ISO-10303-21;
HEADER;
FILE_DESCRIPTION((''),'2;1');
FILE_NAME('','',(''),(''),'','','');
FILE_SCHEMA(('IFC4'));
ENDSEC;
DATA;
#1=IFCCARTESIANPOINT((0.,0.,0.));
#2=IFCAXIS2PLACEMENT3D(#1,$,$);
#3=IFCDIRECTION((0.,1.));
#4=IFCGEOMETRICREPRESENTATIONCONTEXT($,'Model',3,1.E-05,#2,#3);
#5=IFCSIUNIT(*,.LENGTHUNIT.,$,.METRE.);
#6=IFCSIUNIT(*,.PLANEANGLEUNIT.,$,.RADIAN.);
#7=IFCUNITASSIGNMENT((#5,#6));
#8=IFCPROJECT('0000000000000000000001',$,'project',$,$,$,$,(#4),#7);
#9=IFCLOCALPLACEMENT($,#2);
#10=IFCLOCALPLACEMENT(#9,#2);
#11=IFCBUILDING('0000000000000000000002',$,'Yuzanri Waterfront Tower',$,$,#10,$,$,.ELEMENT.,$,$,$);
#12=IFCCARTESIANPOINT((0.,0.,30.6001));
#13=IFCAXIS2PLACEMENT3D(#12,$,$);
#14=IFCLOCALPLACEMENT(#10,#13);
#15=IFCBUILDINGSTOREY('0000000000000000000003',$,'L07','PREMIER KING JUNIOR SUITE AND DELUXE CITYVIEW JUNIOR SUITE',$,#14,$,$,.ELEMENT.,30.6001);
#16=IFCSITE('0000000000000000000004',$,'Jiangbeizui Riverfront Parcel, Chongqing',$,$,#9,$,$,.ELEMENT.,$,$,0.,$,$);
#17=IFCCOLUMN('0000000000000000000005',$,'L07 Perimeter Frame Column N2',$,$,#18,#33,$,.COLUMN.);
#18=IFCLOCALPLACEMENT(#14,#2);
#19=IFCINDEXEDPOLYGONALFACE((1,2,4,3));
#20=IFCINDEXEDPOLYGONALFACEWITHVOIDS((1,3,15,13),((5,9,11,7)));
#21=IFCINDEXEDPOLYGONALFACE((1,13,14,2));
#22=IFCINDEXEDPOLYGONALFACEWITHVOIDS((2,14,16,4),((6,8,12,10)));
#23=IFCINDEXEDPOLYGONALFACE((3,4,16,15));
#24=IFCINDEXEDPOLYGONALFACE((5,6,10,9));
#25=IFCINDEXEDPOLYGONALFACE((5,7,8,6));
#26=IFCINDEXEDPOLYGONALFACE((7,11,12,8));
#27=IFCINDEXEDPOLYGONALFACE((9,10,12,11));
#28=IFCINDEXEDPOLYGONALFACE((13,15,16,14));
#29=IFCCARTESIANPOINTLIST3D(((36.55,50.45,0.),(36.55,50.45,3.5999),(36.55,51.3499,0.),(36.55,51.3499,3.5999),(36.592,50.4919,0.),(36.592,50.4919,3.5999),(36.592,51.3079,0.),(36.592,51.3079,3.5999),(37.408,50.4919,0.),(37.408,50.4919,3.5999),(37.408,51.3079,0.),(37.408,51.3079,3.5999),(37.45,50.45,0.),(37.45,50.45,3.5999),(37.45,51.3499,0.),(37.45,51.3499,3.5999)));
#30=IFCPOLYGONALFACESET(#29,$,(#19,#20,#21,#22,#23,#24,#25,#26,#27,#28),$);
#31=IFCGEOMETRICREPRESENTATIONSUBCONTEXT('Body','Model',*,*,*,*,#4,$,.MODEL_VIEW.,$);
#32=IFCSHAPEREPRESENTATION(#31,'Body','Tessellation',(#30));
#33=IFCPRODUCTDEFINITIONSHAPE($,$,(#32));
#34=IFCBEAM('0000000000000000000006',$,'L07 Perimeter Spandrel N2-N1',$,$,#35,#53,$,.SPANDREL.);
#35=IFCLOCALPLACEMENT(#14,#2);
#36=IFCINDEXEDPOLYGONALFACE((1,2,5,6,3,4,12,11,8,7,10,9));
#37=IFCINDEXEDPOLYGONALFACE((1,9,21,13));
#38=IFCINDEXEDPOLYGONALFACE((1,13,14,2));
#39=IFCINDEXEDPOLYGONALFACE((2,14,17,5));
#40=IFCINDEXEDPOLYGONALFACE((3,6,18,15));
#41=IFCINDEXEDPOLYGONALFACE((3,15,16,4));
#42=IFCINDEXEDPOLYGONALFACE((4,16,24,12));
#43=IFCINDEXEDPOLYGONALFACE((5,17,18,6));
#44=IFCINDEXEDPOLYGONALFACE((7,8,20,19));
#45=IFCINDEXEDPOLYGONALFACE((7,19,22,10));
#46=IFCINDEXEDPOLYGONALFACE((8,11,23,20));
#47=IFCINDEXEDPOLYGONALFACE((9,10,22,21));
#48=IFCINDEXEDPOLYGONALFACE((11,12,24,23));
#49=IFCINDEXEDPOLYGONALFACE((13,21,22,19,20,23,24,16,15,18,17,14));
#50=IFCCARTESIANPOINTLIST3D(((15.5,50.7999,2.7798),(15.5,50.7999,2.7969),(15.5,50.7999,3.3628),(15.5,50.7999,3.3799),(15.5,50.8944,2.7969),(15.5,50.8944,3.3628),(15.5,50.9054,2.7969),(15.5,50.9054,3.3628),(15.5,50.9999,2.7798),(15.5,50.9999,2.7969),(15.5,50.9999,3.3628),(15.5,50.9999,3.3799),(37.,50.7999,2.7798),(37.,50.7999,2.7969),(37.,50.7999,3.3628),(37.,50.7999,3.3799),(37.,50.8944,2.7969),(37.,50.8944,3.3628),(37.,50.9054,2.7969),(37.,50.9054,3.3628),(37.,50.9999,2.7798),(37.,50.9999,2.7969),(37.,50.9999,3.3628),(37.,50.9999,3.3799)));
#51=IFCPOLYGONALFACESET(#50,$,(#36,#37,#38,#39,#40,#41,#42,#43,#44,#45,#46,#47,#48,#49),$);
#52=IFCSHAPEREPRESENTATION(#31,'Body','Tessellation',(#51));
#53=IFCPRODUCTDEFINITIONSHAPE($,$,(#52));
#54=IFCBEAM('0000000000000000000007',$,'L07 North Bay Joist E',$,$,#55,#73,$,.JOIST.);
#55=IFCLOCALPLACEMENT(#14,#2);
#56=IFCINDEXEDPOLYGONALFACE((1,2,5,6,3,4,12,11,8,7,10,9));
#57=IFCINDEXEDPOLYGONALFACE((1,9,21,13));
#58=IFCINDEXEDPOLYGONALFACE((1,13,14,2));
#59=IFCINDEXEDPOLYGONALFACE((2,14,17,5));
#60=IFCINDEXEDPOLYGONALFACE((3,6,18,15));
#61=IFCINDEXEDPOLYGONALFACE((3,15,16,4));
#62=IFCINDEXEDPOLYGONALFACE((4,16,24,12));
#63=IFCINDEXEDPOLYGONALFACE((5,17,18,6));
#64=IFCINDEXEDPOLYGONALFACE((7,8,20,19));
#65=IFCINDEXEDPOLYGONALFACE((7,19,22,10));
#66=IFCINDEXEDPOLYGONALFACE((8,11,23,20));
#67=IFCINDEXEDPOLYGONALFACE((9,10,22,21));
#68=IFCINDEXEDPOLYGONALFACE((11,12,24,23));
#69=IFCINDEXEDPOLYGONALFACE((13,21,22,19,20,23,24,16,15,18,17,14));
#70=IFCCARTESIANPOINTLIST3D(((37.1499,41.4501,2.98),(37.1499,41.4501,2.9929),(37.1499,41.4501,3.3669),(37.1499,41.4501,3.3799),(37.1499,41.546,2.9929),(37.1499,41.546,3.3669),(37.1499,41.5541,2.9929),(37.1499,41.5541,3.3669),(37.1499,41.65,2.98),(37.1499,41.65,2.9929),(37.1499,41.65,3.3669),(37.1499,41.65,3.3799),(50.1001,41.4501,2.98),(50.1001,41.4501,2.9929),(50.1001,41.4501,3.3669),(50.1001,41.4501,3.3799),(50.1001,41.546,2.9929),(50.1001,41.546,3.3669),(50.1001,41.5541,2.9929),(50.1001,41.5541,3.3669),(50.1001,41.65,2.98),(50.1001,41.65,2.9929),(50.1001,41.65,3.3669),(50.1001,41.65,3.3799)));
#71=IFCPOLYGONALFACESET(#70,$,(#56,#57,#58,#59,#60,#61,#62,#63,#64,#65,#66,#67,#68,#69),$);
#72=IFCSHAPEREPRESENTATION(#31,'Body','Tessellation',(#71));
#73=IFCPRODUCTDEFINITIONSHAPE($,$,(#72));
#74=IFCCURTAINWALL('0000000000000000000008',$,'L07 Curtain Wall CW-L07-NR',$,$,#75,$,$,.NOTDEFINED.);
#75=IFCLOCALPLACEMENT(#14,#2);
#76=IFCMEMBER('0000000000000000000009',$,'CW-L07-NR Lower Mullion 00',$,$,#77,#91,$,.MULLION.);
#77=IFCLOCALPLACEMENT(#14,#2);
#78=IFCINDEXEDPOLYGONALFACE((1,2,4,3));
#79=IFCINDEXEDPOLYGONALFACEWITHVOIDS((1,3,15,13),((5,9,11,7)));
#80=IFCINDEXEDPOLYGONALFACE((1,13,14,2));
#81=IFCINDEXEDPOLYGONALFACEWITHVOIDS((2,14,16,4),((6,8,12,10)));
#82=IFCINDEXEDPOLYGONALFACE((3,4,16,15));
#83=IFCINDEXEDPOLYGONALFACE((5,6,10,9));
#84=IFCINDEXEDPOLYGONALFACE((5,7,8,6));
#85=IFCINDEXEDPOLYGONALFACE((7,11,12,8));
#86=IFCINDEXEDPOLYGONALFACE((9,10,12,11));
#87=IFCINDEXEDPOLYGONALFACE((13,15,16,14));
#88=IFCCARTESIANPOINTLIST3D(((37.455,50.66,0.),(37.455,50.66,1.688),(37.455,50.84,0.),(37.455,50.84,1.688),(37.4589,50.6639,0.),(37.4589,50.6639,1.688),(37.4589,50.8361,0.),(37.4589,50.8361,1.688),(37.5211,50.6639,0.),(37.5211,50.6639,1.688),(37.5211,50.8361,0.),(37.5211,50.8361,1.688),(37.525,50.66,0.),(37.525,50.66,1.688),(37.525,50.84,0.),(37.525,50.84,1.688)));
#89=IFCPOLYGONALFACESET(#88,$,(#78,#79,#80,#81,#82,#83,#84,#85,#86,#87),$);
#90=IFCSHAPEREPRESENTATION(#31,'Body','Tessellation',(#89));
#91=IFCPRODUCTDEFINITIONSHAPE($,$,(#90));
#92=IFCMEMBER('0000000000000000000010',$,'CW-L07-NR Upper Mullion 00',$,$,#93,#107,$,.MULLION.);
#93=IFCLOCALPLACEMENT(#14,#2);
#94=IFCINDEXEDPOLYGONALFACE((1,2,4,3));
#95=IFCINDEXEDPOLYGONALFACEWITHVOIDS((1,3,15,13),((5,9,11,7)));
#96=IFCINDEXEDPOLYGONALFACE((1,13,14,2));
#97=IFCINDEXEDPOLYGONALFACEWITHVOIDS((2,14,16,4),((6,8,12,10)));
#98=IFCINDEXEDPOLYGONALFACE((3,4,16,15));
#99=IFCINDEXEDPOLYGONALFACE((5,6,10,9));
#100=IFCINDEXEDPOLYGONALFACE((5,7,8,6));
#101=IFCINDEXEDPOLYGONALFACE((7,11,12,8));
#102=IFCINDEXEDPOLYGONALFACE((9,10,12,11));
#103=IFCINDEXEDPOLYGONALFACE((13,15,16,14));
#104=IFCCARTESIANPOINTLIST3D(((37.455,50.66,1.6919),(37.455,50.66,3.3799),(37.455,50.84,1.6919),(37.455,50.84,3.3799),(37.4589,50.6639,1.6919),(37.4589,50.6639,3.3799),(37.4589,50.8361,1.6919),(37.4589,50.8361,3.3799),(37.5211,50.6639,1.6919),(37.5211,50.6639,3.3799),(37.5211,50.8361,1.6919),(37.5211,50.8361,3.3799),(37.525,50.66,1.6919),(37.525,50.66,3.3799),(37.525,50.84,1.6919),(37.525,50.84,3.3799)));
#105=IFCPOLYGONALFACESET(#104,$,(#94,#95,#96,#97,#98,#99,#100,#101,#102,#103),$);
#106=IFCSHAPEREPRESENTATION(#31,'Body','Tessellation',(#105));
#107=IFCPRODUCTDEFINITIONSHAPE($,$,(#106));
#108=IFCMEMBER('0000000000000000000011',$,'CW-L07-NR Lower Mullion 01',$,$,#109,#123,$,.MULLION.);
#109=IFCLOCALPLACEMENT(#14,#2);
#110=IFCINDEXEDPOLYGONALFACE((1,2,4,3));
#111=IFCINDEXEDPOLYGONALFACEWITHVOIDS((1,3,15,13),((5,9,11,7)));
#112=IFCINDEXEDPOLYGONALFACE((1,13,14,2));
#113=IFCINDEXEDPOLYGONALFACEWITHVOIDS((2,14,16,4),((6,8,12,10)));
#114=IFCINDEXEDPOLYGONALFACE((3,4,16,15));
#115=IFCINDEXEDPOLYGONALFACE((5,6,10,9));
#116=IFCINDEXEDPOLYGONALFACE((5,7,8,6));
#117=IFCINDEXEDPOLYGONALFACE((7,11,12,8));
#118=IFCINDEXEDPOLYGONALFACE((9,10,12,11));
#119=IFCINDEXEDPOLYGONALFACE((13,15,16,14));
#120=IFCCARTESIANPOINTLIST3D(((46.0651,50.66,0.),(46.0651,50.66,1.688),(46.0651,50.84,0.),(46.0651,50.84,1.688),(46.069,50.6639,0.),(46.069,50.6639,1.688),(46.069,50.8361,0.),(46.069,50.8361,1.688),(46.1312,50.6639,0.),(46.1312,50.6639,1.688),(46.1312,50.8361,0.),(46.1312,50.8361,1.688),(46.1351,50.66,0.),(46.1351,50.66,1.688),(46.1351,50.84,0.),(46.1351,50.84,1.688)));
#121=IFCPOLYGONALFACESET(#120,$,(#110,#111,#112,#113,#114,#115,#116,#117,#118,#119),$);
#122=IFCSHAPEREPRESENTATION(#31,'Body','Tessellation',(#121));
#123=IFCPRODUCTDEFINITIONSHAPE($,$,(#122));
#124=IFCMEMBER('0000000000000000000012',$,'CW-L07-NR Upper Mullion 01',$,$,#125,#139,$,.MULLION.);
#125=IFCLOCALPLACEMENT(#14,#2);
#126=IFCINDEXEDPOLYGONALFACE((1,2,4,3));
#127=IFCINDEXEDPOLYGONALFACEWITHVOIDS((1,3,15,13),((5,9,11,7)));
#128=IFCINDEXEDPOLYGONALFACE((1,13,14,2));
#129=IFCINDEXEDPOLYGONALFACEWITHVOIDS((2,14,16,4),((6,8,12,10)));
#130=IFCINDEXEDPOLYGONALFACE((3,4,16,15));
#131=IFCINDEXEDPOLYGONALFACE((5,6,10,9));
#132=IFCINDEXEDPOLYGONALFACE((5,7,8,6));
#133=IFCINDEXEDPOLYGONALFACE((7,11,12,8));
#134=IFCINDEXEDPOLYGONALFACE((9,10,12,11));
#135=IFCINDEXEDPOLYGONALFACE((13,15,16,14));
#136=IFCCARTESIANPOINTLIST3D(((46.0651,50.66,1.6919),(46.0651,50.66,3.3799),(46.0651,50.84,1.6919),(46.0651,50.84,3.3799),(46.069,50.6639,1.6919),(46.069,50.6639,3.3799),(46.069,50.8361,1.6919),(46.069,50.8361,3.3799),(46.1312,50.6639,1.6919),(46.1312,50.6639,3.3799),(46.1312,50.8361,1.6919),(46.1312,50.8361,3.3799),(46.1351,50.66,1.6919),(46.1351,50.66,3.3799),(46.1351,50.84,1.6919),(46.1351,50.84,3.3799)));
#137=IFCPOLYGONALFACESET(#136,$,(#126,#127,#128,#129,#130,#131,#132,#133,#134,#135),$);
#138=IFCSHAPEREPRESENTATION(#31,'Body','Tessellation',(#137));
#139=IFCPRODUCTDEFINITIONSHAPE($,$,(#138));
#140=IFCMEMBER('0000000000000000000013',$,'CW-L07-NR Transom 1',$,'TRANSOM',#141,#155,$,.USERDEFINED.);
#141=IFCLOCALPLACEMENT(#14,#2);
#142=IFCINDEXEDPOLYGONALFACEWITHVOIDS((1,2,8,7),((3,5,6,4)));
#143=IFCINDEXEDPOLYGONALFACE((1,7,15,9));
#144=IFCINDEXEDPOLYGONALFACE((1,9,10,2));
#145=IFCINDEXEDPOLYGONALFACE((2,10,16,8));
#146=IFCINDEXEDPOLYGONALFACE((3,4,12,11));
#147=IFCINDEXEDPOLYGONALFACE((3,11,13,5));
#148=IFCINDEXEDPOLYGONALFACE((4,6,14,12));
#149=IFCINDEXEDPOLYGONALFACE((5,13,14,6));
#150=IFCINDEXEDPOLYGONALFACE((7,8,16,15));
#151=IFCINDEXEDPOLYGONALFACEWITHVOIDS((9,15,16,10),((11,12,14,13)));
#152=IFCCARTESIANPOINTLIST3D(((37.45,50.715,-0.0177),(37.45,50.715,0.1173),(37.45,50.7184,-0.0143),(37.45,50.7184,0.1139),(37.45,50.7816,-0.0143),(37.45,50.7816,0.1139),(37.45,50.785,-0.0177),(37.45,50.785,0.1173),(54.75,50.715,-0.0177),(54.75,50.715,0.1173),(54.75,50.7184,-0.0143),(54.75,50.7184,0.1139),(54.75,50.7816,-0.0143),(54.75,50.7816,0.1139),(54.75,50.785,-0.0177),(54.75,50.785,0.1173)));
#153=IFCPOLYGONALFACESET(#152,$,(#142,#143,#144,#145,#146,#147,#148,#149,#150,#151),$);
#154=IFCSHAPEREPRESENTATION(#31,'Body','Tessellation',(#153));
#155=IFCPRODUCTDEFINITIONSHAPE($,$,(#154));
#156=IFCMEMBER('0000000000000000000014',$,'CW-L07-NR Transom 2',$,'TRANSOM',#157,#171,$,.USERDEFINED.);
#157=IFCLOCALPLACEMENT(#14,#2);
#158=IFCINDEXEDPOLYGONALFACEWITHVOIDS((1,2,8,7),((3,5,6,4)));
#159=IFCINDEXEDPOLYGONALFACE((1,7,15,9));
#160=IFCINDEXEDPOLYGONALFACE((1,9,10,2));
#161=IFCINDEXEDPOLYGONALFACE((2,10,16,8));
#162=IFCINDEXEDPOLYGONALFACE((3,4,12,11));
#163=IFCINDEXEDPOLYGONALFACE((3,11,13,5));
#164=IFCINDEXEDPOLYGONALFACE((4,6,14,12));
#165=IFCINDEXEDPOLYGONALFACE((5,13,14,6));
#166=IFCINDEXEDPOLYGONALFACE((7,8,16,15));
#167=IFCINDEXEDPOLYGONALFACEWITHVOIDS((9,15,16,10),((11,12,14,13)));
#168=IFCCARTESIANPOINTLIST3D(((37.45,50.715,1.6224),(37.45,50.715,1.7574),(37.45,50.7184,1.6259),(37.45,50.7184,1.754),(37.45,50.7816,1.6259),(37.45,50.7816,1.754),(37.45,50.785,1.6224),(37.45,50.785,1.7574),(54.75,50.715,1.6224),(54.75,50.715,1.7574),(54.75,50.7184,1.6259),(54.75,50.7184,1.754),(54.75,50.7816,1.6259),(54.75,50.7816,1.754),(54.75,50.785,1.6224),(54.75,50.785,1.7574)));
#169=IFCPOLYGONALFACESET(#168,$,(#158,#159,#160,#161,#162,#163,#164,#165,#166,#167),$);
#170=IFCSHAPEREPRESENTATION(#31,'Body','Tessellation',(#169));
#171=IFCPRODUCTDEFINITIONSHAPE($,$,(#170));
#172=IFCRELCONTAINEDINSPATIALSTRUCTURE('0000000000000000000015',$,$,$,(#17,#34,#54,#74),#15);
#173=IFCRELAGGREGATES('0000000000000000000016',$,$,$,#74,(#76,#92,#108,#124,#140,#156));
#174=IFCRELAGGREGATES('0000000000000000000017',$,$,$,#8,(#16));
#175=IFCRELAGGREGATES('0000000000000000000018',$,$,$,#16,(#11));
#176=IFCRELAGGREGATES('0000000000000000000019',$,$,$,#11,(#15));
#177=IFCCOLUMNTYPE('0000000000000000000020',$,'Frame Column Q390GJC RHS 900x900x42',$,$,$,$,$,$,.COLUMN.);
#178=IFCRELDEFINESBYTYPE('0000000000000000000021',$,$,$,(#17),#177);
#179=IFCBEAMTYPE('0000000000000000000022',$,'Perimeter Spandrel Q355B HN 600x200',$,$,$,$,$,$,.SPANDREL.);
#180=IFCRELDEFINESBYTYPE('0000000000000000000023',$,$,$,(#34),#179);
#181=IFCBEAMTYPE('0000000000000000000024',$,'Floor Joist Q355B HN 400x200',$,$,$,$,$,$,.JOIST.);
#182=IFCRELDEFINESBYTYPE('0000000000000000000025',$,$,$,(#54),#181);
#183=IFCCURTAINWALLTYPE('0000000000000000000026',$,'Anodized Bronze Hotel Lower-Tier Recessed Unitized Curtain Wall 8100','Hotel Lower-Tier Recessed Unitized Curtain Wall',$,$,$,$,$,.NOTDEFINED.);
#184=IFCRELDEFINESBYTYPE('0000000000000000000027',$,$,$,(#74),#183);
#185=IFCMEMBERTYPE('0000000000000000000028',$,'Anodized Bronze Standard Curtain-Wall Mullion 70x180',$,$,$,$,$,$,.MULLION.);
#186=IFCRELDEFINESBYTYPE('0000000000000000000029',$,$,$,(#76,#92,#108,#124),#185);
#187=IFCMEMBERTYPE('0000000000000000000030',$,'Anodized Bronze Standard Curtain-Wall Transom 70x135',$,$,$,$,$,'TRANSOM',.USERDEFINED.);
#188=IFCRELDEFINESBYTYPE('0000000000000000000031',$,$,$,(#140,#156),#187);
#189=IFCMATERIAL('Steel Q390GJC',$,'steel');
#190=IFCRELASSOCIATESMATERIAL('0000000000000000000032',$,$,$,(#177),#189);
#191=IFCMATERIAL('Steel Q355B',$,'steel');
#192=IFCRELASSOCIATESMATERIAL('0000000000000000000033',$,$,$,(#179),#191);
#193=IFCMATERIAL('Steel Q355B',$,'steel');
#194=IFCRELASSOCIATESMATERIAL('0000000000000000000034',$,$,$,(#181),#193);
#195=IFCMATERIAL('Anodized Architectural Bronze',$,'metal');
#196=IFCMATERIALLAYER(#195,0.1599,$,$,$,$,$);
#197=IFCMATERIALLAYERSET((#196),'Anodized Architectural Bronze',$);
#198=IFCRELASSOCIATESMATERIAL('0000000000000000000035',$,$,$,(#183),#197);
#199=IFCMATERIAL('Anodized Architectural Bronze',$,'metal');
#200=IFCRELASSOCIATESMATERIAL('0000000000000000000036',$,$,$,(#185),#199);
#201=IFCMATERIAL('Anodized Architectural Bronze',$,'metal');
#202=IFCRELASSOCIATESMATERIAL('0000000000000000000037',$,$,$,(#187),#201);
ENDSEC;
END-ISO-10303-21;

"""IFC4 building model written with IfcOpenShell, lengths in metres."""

from ifc_helpers import new_model, si_unit, direction, frame, origin, origin_2d, place, context, subcontext, project, spatial, hollow_rectangle, i_section, extrude, source, transform, mapped, material, layer, layer_set, material_profile, profile_set, type_object, element, aggregate, save


model = new_model("IFC4")

# Units and contexts
model_context = context("Model", 3, precision=1e-05, world=origin(), true_north=direction((0.0, 1.0)))
body_context = subcontext(model_context, "Body", "Model", "MODEL_VIEW")
ifc_project = project(units=[si_unit("LENGTHUNIT", "METRE"), si_unit("PLANEANGLEUNIT", "RADIAN")], contexts=[model_context])

# Site, building, storey
site_placement = place(None, origin())
site = spatial("IfcSite", under=ifc_project, at=site_placement, Name="Jiangbeizui Riverfront Parcel, Chongqing", CompositionType="ELEMENT", RefElevation=0.0)
building_placement = place(site_placement, origin())
building = spatial("IfcBuilding", under=site, at=building_placement, Name="Yuzanri Waterfront Tower", CompositionType="ELEMENT")
storey_placement = place(building_placement, frame((0.0, 0.0, 30.6001)))
storey = spatial("IfcBuildingStorey", under=building, at=storey_placement, Name="L07", Description="PREMIER KING JUNIOR SUITE AND DELUXE CITYVIEW JUNIOR SUITE", CompositionType="ELEMENT", Elevation=30.6001)

# Column
ifc_material_1 = material(Name="Steel Q390GJC", Category="steel")
ifc_material_profile_1 = material_profile(ifc_material_1, hollow_rectangle(XDim=0.8999, YDim=0.8999, WallThickness=0.042, at=origin_2d()), Name="RHS 900x900x42")
ifc_profile_set_1 = profile_set([ifc_material_profile_1], Name="Steel Q390GJC")
column_type = type_object("IfcColumnType", Name="Frame Column Q390GJC RHS 900x900x42", PredefinedType="COLUMN", material=ifc_profile_set_1)
shared_shape_1 = source(origin(), body_context, "Body", "SweptSolid", [
    extrude(hollow_rectangle(XDim=0.8999, YDim=0.8999, WallThickness=0.042, at=origin_2d()), origin(), (0.0, 0.0, 1.0), 3.5999),
])
column_placement = place(storey_placement, frame((37.0, 50.8999, 0.0), z_axis=(0.0, 0.0, 1.0), x_axis=(1.0, 0.0, 0.0)))
element("IfcColumn", 1, at=column_placement, inside=storey, type_object=column_type, Name="L07 Perimeter Frame Column N2", PredefinedType="COLUMN", context=body_context, shape_type="MappedRepresentation", body=[
    mapped(shared_shape_1, transform((0.0, 0.0, 0.0), scale=1.0)),
])

# Beams
ifc_material_2 = material(Name="Steel Q355B", Category="steel")
ifc_material_profile_2 = material_profile(ifc_material_2, i_section(OverallWidth=0.2, OverallDepth=0.6001, WebThickness=0.011, FlangeThickness=0.0171, at=origin_2d()), Name="HN 600x200x11x17")
ifc_profile_set_2 = profile_set([ifc_material_profile_2], Name="Steel Q355B")
beam_type_1 = type_object("IfcBeamType", Name="Perimeter Spandrel Q355B HN 600x200", PredefinedType="SPANDREL", material=ifc_profile_set_2)
shared_shape_2 = source(origin(), body_context, "Body", "SweptSolid", [
    extrude(i_section(OverallWidth=0.2, OverallDepth=0.6001, WebThickness=0.011, FlangeThickness=0.0171, at=origin_2d()), origin(), (0.0, 0.0, 1.0), 21.5),
])
beam_1_placement = place(storey_placement, frame((37.0, 50.8999, 3.0798), z_axis=(-1.0, 0.0, 0.0), x_axis=(0.0, -1.0, 0.0)))
element("IfcBeam", 2, at=beam_1_placement, inside=storey, type_object=beam_type_1, Name="L07 Perimeter Spandrel N2-N1", PredefinedType="SPANDREL", context=body_context, shape_type="MappedRepresentation", body=[
    mapped(shared_shape_2, transform((0.0, 0.0, 0.0), scale=1.0)),
])
ifc_material_3 = material(Name="Steel Q355B", Category="steel")
ifc_material_profile_3 = material_profile(ifc_material_3, i_section(OverallWidth=0.2, OverallDepth=0.3999, WebThickness=0.0081, FlangeThickness=0.0129, at=origin_2d()), Name="HN 400x200x8x13")
ifc_profile_set_3 = profile_set([ifc_material_profile_3], Name="Steel Q355B")
beam_type_2 = type_object("IfcBeamType", Name="Floor Joist Q355B HN 400x200", PredefinedType="JOIST", material=ifc_profile_set_3)
shared_shape_3 = source(origin(), body_context, "Body", "SweptSolid", [
    extrude(i_section(OverallWidth=0.2, OverallDepth=0.3999, WebThickness=0.0081, FlangeThickness=0.0129, at=origin_2d()), origin(), (0.0, 0.0, 1.0), 12.9502),
])
beam_2_placement = place(storey_placement, frame((37.1499, 41.55, 3.1799), z_axis=(1.0, 0.0, 0.0), x_axis=(0.0, 1.0, 0.0)))
element("IfcBeam", 3, at=beam_2_placement, inside=storey, type_object=beam_type_2, Name="L07 North Bay Joist E", PredefinedType="JOIST", context=body_context, shape_type="MappedRepresentation", body=[
    mapped(shared_shape_3, transform((0.0, 0.0, 0.0), scale=1.0)),
])

# Curtain wall, members
ifc_material_4 = material(Name="Anodized Architectural Bronze", Category="metal")
ifc_layer_1 = layer(ifc_material_4, 0.1599)
ifc_layer_set_1 = layer_set([ifc_layer_1], Name="Anodized Architectural Bronze")
curtain_wall_type = type_object("IfcCurtainWallType", Name="Anodized Bronze Hotel Lower-Tier Recessed Unitized Curtain Wall 8100", Description="Hotel Lower-Tier Recessed Unitized Curtain Wall", PredefinedType="NOTDEFINED", material=ifc_layer_set_1)
curtain_wall_placement = place(storey_placement, origin())
curtain_wall = element("IfcCurtainWall", 4, at=curtain_wall_placement, inside=storey, type_object=curtain_wall_type, Name="L07 Curtain Wall CW-L07-NR", PredefinedType="NOTDEFINED")
ifc_material_5 = material(Name="Anodized Architectural Bronze", Category="metal")
ifc_material_profile_4 = material_profile(ifc_material_5, hollow_rectangle(XDim=0.0701, YDim=0.1799, WallThickness=0.0039, at=origin_2d()), Name="CWM 70x180")
ifc_profile_set_4 = profile_set([ifc_material_profile_4], Name="Anodized Architectural Bronze")
member_type_1 = type_object("IfcMemberType", Name="Anodized Bronze Standard Curtain-Wall Mullion 70x180", PredefinedType="MULLION", material=ifc_profile_set_4)
shared_shape_4 = source(origin(), body_context, "Body", "SweptSolid", [
    extrude(hollow_rectangle(XDim=0.0701, YDim=0.1799, WallThickness=0.0039, at=origin_2d()), origin(), (0.0, 0.0, 1.0), 1.688),
])
member_1_placement = place(storey_placement, frame((37.49, 50.75, 0.0), z_axis=(0.0, 0.0, 1.0), x_axis=(1.0, 0.0, 0.0)))
member_1 = element("IfcMember", 5, at=member_1_placement, type_object=member_type_1, Name="CW-L07-NR Lower Mullion 00", PredefinedType="MULLION", context=body_context, shape_type="MappedRepresentation", body=[
    mapped(shared_shape_4, transform((0.0, 0.0, 0.0), scale=1.0)),
])
member_2_placement = place(storey_placement, frame((37.49, 50.75, 1.6919), z_axis=(0.0, 0.0, 1.0), x_axis=(1.0, 0.0, 0.0)))
member_2 = element("IfcMember", 6, at=member_2_placement, type_object=member_type_1, Name="CW-L07-NR Upper Mullion 00", PredefinedType="MULLION", context=body_context, shape_type="MappedRepresentation", body=[
    mapped(shared_shape_4, transform((0.0, 0.0, 0.0), scale=1.0)),
])
member_3_placement = place(storey_placement, frame((46.1001, 50.75, 0.0), z_axis=(0.0, 0.0, 1.0), x_axis=(1.0, 0.0, 0.0)))
member_3 = element("IfcMember", 7, at=member_3_placement, type_object=member_type_1, Name="CW-L07-NR Lower Mullion 01", PredefinedType="MULLION", context=body_context, shape_type="MappedRepresentation", body=[
    mapped(shared_shape_4, transform((0.0, 0.0, 0.0), scale=1.0)),
])
member_4_placement = place(storey_placement, frame((46.1001, 50.75, 1.6919), z_axis=(0.0, 0.0, 1.0), x_axis=(1.0, 0.0, 0.0)))
member_4 = element("IfcMember", 8, at=member_4_placement, type_object=member_type_1, Name="CW-L07-NR Upper Mullion 01", PredefinedType="MULLION", context=body_context, shape_type="MappedRepresentation", body=[
    mapped(shared_shape_4, transform((0.0, 0.0, 0.0), scale=1.0)),
])
ifc_material_6 = material(Name="Anodized Architectural Bronze", Category="metal")
ifc_material_profile_5 = material_profile(ifc_material_6, hollow_rectangle(XDim=0.0701, YDim=0.135, WallThickness=0.0034, at=origin_2d()), Name="CWT 70x135")
ifc_profile_set_5 = profile_set([ifc_material_profile_5], Name="Anodized Architectural Bronze")
member_type_2 = type_object("IfcMemberType", Name="Anodized Bronze Standard Curtain-Wall Transom 70x135", ElementType="TRANSOM", PredefinedType="USERDEFINED", material=ifc_profile_set_5)
shared_shape_5 = source(origin(), body_context, "Body", "SweptSolid", [
    extrude(hollow_rectangle(XDim=0.0701, YDim=0.135, WallThickness=0.0034, at=origin_2d()), origin(), (0.0, 0.0, 1.0), 17.3),
])
member_5_placement = place(storey_placement, frame((37.45, 50.75, 0.0498), z_axis=(1.0, 0.0, 0.0), x_axis=(0.0, 1.0, 0.0)))
member_5 = element("IfcMember", 9, at=member_5_placement, type_object=member_type_2, Name="CW-L07-NR Transom 1", ObjectType="TRANSOM", PredefinedType="USERDEFINED", context=body_context, shape_type="MappedRepresentation", body=[
    mapped(shared_shape_5, transform((0.0, 0.0, 0.0), scale=1.0)),
])
member_6_placement = place(storey_placement, frame((37.45, 50.75, 1.6899), z_axis=(1.0, 0.0, 0.0), x_axis=(0.0, 1.0, 0.0)))
member_6 = element("IfcMember", 10, at=member_6_placement, type_object=member_type_2, Name="CW-L07-NR Transom 2", ObjectType="TRANSOM", PredefinedType="USERDEFINED", context=body_context, shape_type="MappedRepresentation", body=[
    mapped(shared_shape_5, transform((0.0, 0.0, 0.0), scale=1.0)),
])

aggregate(curtain_wall, [member_1, member_2, member_3, member_4, member_5, member_6])

save(model, "model.ifc")
